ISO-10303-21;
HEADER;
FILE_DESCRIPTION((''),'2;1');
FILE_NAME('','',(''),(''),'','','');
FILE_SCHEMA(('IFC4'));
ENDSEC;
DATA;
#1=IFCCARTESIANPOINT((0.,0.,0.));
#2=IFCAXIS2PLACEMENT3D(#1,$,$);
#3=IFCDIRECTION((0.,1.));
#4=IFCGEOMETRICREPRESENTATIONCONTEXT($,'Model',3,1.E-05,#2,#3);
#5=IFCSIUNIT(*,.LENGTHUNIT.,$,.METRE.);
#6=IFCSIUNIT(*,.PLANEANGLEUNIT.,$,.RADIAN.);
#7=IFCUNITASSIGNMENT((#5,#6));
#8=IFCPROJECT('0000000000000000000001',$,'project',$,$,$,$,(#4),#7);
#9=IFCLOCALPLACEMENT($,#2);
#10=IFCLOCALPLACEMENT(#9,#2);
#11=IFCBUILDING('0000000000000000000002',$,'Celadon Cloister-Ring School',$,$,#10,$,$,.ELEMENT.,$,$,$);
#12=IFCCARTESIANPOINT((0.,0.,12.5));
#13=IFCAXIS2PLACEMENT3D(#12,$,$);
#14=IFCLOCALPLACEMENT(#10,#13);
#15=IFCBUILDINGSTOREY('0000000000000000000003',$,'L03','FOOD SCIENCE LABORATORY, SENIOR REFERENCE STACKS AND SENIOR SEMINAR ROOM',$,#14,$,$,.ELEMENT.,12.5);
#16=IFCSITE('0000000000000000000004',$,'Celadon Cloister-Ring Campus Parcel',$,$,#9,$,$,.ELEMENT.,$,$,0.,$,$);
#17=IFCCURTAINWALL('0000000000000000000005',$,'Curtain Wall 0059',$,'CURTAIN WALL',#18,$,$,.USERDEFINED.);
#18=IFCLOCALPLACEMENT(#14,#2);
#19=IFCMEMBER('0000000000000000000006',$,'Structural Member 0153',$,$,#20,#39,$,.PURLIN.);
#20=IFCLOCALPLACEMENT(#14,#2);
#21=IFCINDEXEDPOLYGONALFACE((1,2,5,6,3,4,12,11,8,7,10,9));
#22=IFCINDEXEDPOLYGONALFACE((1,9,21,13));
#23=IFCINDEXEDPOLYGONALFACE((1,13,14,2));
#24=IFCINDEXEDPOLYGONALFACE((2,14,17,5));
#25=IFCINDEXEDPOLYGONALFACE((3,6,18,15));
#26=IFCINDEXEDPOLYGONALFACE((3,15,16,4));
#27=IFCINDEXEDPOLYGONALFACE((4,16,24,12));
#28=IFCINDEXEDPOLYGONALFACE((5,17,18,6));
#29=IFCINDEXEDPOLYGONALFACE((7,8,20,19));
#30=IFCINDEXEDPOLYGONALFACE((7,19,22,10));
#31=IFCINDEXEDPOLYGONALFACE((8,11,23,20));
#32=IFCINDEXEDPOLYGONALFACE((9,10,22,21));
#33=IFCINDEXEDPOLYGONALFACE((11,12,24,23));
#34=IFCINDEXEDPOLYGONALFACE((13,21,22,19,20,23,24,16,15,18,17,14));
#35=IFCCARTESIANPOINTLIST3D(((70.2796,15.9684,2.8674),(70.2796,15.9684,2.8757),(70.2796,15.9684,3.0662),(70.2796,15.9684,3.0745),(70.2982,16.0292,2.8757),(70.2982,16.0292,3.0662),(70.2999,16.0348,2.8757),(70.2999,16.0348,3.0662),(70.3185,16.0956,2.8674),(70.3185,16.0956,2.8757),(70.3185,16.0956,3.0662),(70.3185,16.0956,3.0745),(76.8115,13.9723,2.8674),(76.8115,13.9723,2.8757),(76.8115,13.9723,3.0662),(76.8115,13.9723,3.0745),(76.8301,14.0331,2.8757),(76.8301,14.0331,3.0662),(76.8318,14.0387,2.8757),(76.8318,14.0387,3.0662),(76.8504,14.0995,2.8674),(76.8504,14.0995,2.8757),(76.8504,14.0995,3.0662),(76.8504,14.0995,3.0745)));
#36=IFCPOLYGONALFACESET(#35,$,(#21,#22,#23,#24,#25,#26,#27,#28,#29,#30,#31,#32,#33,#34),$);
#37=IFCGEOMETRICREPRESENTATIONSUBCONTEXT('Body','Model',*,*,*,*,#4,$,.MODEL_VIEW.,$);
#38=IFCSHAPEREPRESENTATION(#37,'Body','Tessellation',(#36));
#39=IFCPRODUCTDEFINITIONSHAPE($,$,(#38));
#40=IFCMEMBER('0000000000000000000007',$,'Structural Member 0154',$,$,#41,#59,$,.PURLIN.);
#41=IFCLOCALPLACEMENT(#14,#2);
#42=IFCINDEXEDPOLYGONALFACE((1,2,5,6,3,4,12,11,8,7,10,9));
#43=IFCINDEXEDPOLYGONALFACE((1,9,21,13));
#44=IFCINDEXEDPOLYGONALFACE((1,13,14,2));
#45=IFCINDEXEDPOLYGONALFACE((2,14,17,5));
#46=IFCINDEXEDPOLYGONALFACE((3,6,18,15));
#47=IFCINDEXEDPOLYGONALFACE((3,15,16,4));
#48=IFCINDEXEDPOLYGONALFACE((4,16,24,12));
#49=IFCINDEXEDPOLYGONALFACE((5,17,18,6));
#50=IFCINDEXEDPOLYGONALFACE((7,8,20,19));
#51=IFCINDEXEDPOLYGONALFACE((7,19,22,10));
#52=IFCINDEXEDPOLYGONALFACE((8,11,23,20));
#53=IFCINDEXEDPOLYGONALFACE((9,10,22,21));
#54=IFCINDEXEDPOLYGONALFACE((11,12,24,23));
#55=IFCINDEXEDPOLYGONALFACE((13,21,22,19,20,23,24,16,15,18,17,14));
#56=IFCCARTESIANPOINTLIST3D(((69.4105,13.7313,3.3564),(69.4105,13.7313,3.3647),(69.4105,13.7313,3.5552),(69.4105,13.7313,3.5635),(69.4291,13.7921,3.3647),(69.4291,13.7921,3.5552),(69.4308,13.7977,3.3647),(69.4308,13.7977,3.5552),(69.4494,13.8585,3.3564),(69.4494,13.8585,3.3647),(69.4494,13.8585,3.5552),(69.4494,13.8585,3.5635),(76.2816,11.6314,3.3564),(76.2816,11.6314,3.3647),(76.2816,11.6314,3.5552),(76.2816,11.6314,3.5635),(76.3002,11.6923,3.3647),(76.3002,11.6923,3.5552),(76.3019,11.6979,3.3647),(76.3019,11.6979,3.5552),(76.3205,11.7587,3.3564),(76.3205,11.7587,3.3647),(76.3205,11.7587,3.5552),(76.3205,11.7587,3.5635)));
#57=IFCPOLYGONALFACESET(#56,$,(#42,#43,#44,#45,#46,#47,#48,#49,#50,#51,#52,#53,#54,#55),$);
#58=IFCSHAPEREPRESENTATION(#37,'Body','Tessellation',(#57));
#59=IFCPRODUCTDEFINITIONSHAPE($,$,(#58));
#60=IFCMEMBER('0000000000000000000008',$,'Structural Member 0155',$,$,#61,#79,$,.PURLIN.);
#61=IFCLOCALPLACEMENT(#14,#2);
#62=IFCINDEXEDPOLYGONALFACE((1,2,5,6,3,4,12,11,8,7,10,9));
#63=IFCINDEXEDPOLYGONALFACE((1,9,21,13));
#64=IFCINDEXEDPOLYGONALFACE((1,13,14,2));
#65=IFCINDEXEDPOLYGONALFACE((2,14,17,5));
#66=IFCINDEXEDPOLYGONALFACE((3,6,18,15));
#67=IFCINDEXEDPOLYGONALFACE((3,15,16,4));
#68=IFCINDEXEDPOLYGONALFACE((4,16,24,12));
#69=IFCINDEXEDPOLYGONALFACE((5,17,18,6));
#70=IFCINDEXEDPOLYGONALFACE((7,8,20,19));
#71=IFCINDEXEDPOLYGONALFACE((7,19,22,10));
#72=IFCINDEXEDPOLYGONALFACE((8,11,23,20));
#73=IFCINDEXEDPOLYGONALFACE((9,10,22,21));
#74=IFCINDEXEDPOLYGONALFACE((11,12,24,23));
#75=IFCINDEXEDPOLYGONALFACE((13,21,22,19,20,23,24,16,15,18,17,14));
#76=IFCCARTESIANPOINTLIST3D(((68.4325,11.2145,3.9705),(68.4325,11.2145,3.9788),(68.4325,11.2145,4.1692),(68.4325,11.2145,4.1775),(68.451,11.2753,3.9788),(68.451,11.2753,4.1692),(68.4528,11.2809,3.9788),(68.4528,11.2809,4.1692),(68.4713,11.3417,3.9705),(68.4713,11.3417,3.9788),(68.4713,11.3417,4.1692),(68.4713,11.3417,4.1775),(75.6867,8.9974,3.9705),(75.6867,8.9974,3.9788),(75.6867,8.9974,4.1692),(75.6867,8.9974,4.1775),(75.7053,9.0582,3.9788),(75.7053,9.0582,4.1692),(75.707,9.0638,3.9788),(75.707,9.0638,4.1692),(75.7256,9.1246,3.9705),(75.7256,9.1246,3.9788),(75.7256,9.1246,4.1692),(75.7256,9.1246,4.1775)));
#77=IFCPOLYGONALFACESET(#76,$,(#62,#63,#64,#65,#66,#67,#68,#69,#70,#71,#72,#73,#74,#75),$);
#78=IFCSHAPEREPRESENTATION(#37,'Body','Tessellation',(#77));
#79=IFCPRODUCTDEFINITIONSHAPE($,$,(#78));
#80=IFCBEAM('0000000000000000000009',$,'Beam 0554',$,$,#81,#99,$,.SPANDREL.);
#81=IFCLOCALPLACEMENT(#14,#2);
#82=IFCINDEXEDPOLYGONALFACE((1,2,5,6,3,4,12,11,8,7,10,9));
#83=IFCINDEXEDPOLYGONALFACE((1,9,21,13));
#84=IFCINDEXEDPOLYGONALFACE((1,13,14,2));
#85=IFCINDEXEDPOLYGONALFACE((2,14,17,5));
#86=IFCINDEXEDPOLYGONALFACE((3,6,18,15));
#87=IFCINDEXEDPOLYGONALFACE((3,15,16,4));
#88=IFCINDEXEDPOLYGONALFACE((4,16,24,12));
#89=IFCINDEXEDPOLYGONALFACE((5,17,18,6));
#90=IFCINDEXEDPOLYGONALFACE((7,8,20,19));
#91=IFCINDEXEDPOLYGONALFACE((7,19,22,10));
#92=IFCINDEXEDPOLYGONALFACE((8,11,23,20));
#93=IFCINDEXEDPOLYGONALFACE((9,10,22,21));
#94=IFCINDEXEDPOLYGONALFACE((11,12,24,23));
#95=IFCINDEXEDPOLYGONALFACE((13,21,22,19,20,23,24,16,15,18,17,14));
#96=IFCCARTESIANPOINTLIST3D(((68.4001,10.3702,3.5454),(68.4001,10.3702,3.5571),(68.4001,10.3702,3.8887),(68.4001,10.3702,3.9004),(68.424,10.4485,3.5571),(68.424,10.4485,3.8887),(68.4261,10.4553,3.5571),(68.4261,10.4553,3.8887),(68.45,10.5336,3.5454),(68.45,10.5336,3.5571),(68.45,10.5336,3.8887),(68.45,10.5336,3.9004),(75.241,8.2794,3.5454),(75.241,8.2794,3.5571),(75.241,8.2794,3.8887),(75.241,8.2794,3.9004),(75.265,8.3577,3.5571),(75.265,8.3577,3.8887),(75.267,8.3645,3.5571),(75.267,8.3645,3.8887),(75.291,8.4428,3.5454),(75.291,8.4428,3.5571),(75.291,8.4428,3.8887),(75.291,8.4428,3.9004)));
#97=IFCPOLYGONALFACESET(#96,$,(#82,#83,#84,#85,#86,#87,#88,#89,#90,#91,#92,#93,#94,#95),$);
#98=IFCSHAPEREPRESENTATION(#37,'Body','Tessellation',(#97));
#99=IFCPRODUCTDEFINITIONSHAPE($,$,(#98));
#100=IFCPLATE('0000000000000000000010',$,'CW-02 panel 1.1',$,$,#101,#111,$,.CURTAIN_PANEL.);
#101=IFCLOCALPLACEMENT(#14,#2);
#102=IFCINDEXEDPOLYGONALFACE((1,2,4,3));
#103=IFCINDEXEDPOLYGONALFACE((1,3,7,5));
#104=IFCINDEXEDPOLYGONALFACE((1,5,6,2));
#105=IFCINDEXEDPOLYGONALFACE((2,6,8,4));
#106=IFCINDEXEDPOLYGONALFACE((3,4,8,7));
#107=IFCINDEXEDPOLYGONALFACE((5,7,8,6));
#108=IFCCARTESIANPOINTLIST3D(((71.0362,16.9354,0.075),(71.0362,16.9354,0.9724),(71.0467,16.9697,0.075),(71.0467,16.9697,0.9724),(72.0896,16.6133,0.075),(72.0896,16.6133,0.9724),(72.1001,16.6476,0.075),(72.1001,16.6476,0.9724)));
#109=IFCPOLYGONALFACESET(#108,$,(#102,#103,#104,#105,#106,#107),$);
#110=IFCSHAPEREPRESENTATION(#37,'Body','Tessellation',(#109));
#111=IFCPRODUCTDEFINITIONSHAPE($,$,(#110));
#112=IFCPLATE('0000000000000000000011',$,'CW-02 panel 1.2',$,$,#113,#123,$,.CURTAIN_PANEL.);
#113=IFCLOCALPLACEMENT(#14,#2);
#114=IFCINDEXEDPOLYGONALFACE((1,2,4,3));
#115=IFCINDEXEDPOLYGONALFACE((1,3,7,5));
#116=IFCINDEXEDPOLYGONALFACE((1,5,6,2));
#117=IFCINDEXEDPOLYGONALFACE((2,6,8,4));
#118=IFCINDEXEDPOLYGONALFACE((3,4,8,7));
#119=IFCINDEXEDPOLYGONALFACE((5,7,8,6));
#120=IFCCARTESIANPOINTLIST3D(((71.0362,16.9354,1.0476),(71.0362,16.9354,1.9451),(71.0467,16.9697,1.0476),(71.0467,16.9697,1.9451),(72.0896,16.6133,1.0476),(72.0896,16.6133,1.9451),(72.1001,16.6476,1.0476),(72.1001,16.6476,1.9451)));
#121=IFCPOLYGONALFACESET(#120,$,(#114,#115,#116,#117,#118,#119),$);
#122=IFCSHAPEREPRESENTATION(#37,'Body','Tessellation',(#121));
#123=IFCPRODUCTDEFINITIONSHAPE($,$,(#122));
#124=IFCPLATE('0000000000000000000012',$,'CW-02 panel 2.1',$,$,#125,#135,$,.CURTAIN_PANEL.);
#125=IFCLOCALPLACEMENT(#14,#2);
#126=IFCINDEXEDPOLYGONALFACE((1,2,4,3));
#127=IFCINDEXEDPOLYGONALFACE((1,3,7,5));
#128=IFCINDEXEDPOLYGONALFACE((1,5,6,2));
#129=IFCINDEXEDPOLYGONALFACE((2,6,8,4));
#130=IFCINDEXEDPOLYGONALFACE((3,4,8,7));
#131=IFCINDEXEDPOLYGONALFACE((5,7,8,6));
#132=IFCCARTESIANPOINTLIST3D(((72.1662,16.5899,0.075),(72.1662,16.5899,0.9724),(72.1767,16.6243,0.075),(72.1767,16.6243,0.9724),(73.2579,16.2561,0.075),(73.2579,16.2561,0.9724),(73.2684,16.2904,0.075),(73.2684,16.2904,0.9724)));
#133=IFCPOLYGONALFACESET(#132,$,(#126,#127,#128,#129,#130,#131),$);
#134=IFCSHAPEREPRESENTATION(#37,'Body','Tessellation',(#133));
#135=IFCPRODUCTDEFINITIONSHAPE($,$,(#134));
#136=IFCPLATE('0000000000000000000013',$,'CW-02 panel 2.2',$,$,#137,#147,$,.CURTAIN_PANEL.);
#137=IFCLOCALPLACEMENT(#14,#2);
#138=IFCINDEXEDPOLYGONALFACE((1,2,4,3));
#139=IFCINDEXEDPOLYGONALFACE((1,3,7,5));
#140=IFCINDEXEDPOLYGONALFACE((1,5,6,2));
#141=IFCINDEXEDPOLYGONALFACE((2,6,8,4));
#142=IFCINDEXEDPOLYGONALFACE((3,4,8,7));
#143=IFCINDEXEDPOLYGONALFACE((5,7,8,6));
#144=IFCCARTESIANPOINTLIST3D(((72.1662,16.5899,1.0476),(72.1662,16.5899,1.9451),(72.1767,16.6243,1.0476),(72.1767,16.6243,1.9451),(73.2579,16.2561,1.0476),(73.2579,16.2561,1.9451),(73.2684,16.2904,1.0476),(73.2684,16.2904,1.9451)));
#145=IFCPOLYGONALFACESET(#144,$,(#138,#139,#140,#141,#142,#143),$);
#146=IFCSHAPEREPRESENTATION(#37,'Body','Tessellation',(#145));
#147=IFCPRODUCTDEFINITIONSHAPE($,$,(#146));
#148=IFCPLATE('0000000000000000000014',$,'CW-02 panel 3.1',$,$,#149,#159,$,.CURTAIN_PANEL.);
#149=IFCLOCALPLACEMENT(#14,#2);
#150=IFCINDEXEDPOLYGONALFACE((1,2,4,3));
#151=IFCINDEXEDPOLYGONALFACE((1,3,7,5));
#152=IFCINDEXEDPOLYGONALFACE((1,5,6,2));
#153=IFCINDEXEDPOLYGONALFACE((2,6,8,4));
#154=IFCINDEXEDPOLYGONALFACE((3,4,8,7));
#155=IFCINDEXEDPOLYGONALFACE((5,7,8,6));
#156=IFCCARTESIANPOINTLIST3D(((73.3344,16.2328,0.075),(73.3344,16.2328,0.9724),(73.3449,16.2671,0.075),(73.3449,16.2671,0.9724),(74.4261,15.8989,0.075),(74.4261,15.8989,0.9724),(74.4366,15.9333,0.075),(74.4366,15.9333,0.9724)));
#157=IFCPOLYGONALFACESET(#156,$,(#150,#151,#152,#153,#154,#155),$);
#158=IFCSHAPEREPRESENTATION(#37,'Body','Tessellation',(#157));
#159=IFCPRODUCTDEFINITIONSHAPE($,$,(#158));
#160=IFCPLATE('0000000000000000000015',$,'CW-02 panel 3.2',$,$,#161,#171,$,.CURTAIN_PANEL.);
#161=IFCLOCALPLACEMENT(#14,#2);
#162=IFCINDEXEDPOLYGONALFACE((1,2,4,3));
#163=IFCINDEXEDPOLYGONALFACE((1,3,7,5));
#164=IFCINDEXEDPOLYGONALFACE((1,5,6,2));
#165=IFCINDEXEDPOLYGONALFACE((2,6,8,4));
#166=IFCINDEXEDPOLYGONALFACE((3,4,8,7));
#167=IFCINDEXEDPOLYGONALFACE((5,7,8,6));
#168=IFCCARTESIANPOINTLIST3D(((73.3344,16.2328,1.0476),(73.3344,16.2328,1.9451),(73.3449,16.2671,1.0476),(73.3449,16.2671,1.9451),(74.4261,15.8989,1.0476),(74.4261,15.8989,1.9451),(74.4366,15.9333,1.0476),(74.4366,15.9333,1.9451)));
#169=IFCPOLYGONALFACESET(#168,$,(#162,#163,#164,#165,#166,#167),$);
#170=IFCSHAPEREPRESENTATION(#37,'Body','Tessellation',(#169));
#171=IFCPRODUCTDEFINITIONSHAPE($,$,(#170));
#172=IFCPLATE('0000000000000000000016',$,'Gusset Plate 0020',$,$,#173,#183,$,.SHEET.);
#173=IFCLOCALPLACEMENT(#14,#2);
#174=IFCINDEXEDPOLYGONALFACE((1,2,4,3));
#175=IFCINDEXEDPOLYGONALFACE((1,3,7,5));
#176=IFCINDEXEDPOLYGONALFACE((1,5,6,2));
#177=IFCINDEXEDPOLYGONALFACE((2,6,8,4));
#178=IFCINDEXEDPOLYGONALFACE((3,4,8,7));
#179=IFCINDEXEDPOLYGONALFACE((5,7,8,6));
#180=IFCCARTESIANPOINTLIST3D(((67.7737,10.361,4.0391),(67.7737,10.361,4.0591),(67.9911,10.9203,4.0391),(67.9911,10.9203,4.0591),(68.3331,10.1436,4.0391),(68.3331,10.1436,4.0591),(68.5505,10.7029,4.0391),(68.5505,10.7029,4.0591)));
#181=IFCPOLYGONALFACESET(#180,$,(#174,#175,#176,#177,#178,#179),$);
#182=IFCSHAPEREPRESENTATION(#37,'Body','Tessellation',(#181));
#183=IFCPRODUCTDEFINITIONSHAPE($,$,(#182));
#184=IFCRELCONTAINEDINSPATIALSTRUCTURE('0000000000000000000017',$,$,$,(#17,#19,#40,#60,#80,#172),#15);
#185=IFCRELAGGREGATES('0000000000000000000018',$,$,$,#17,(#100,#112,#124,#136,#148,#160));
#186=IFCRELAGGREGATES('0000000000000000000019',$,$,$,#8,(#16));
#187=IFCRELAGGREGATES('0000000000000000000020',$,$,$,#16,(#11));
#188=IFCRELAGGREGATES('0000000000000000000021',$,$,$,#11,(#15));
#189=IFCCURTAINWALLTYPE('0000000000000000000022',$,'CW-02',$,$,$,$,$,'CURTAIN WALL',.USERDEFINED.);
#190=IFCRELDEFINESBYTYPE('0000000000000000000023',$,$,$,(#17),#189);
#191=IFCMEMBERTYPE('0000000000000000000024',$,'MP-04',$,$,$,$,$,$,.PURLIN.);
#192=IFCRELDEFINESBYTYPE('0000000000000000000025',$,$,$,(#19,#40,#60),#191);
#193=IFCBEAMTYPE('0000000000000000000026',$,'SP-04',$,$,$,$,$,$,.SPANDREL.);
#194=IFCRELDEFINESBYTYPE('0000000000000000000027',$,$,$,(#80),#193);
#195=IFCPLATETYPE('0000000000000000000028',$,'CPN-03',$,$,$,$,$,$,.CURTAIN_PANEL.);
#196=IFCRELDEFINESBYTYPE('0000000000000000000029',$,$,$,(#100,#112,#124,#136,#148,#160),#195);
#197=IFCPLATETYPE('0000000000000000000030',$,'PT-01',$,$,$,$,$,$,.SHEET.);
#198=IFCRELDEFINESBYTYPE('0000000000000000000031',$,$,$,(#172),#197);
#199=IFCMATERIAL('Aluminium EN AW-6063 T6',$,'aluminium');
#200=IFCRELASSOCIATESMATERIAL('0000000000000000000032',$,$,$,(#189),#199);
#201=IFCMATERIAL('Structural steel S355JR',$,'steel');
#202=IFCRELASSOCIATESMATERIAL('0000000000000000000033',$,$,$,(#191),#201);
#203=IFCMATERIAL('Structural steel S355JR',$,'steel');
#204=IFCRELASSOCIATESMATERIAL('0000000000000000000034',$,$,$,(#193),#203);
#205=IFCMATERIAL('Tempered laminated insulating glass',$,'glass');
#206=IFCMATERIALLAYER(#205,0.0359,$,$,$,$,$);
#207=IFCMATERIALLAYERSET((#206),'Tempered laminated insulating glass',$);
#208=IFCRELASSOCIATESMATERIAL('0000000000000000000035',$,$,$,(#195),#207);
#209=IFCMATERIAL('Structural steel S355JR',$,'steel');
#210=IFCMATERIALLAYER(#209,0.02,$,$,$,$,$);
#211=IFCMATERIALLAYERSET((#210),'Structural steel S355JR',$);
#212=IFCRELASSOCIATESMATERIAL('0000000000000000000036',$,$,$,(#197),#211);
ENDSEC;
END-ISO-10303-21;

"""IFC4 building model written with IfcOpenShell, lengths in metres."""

from ifc_helpers import new_model, si_unit, direction, frame, origin, origin_2d, place, context, subcontext, project, spatial, rectangle, i_section, extrude, material, layer, layer_set, material_profile, profile_set, type_object, element, aggregate, save


model = new_model("IFC4")

# Units and contexts
model_context = context("Model", 3, precision=1e-05, world=origin(), true_north=direction((0.0, 1.0)))
body_context = subcontext(model_context, "Body", "Model", "MODEL_VIEW")
ifc_project = project(units=[si_unit("LENGTHUNIT", "METRE"), si_unit("PLANEANGLEUNIT", "RADIAN")], contexts=[model_context])

# Site, building, storey
site_placement = place(None, origin())
site = spatial("IfcSite", under=ifc_project, at=site_placement, Name="Celadon Cloister-Ring Campus Parcel", CompositionType="ELEMENT", RefElevation=0.0)
building_placement = place(site_placement, origin())
building = spatial("IfcBuilding", under=site, at=building_placement, Name="Celadon Cloister-Ring School", CompositionType="ELEMENT")
storey_placement = place(building_placement, frame((0.0, 0.0, 12.5)))
storey = spatial("IfcBuildingStorey", under=building, at=storey_placement, Name="L03", Description="FOOD SCIENCE LABORATORY, SENIOR REFERENCE STACKS AND SENIOR SEMINAR ROOM", CompositionType="ELEMENT", Elevation=12.5)

# Curtain wall
ifc_material_1 = material(Name="Aluminium EN AW-6063 T6", Category="aluminium")
curtain_wall_type = type_object("IfcCurtainWallType", Name="CW-02", ElementType="CURTAIN WALL", PredefinedType="USERDEFINED", material=ifc_material_1)
curtain_wall_placement = place(storey_placement, origin())
curtain_wall = element("IfcCurtainWall", 1, at=curtain_wall_placement, inside=storey, type_object=curtain_wall_type, Name="Curtain Wall 0059", ObjectType="CURTAIN WALL", PredefinedType="USERDEFINED")

# Members
ifc_material_2 = material(Name="Structural steel S355JR", Category="steel")
ifc_material_profile_1 = material_profile(ifc_material_2, i_section(OverallWidth=0.1331, OverallDepth=0.207, WebThickness=0.0059, FlangeThickness=0.0083, at=origin_2d()), Name="W200X27")
ifc_profile_set_1 = profile_set([ifc_material_profile_1], Name="Structural steel S355JR")
member_type_1 = type_object("IfcMemberType", Name="MP-04", PredefinedType="PURLIN", material=ifc_profile_set_1)
member_1_placement = place(storey_placement, frame((70.2991, 16.032, 2.9709), z_axis=(0.956343, -0.292247, 0.0), x_axis=(0.292247, 0.956343, 0.0)))
element("IfcMember", 2, at=member_1_placement, inside=storey, type_object=member_type_1, Name="Structural Member 0153", PredefinedType="PURLIN", context=body_context, shape_type="SweptSolid", body=[
    extrude(i_section(OverallWidth=0.1331, OverallDepth=0.207, WebThickness=0.0059, FlangeThickness=0.0083, at=origin_2d()), origin(), (0.0, 0.0, 1.0), 6.8301),
])
member_2_placement = place(storey_placement, frame((69.4299, 13.7949, 3.46), z_axis=(0.956338, -0.292263, 0.0), x_axis=(0.292263, 0.956338, 0.0)))
element("IfcMember", 3, at=member_2_placement, inside=storey, type_object=member_type_1, Name="Structural Member 0154", PredefinedType="PURLIN", context=body_context, shape_type="SweptSolid", body=[
    extrude(i_section(OverallWidth=0.1331, OverallDepth=0.207, WebThickness=0.0059, FlangeThickness=0.0083, at=origin_2d()), origin(), (0.0, 0.0, 1.0), 7.1848),
])
member_3_placement = place(storey_placement, frame((68.4519, 11.2781, 4.074), z_axis=(0.956333, -0.292278, 0.0), x_axis=(0.292278, 0.956333, 0.0)))
element("IfcMember", 4, at=member_3_placement, inside=storey, type_object=member_type_1, Name="Structural Member 0155", PredefinedType="PURLIN", context=body_context, shape_type="SweptSolid", body=[
    extrude(i_section(OverallWidth=0.1331, OverallDepth=0.207, WebThickness=0.0059, FlangeThickness=0.0083, at=origin_2d()), origin(), (0.0, 0.0, 1.0), 7.5854),
])

# Beam
ifc_material_3 = material(Name="Structural steel S355JR", Category="steel")
ifc_material_profile_2 = material_profile(ifc_material_3, i_section(OverallWidth=0.1709, OverallDepth=0.355, WebThickness=0.0071, FlangeThickness=0.0117, at=origin_2d()), Name="W360X51")
ifc_profile_set_2 = profile_set([ifc_material_profile_2], Name="Structural steel S355JR")
beam_type = type_object("IfcBeamType", Name="SP-04", PredefinedType="SPANDREL", material=ifc_profile_set_2)
beam_placement = place(storey_placement, frame((68.425, 10.4519, 3.7229), z_axis=(0.956332, -0.292282, 0.0), x_axis=(0.292282, 0.956332, 0.0)))
element("IfcBeam", 5, at=beam_placement, inside=storey, type_object=beam_type, Name="Beam 0554", PredefinedType="SPANDREL", context=body_context, shape_type="SweptSolid", body=[
    extrude(i_section(OverallWidth=0.1709, OverallDepth=0.355, WebThickness=0.0071, FlangeThickness=0.0117, at=origin_2d()), origin(), (0.0, 0.0, 1.0), 7.1533),
])

# Plates
ifc_material_4 = material(Name="Tempered laminated insulating glass", Category="glass")
ifc_layer_1 = layer(ifc_material_4, 0.0359)
ifc_layer_set_1 = layer_set([ifc_layer_1], Name="Tempered laminated insulating glass")
plate_type_1 = type_object("IfcPlateType", Name="CPN-03", PredefinedType="CURTAIN_PANEL", material=ifc_layer_set_1)
plate_1_placement = place(storey_placement, frame((71.5681, 16.7915, 0.075), z_axis=(0.0, 0.0, 1.0), x_axis=(0.956294, -0.292406, 0.0)))
plate_1 = element("IfcPlate", 6, at=plate_1_placement, type_object=plate_type_1, Name="CW-02 panel 1.1", PredefinedType="CURTAIN_PANEL", context=body_context, shape_type="SweptSolid", body=[
    extrude(rectangle(XDim=1.1016, YDim=0.0359, at=origin_2d()), origin(), (0.0, 0.0, 1.0), 0.8975),
])
plate_2_placement = place(storey_placement, frame((71.5681, 16.7915, 1.0476), z_axis=(0.0, 0.0, 1.0), x_axis=(0.956294, -0.292406, 0.0)))
plate_2 = element("IfcPlate", 7, at=plate_2_placement, type_object=plate_type_1, Name="CW-02 panel 1.2", PredefinedType="CURTAIN_PANEL", context=body_context, shape_type="SweptSolid", body=[
    extrude(rectangle(XDim=1.1016, YDim=0.0359, at=origin_2d()), origin(), (0.0, 0.0, 1.0), 0.8975),
])
plate_3_placement = place(storey_placement, frame((72.7173, 16.4402, 0.075), z_axis=(0.0, 0.0, 1.0), x_axis=(0.956294, -0.292406, 0.0)))
plate_3 = element("IfcPlate", 8, at=plate_3_placement, type_object=plate_type_1, Name="CW-02 panel 2.1", PredefinedType="CURTAIN_PANEL", context=body_context, shape_type="SweptSolid", body=[
    extrude(rectangle(XDim=1.1416, YDim=0.0359, at=origin_2d()), origin(), (0.0, 0.0, 1.0), 0.8975),
])
plate_4_placement = place(storey_placement, frame((72.7173, 16.4402, 1.0476), z_axis=(0.0, 0.0, 1.0), x_axis=(0.956294, -0.292406, 0.0)))
plate_4 = element("IfcPlate", 9, at=plate_4_placement, type_object=plate_type_1, Name="CW-02 panel 2.2", PredefinedType="CURTAIN_PANEL", context=body_context, shape_type="SweptSolid", body=[
    extrude(rectangle(XDim=1.1416, YDim=0.0359, at=origin_2d()), origin(), (0.0, 0.0, 1.0), 0.8975),
])
plate_5_placement = place(storey_placement, frame((73.8855, 16.083, 0.075), z_axis=(0.0, 0.0, 1.0), x_axis=(0.956294, -0.292406, 0.0)))
plate_5 = element("IfcPlate", 10, at=plate_5_placement, type_object=plate_type_1, Name="CW-02 panel 3.1", PredefinedType="CURTAIN_PANEL", context=body_context, shape_type="SweptSolid", body=[
    extrude(rectangle(XDim=1.1416, YDim=0.0359, at=origin_2d()), origin(), (0.0, 0.0, 1.0), 0.8975),
])
plate_6_placement = place(storey_placement, frame((73.8855, 16.083, 1.0476), z_axis=(0.0, 0.0, 1.0), x_axis=(0.956294, -0.292406, 0.0)))
plate_6 = element("IfcPlate", 11, at=plate_6_placement, type_object=plate_type_1, Name="CW-02 panel 3.2", PredefinedType="CURTAIN_PANEL", context=body_context, shape_type="SweptSolid", body=[
    extrude(rectangle(XDim=1.1416, YDim=0.0359, at=origin_2d()), origin(), (0.0, 0.0, 1.0), 0.8975),
])
aggregate(curtain_wall, [plate_1, plate_2, plate_3, plate_4, plate_5, plate_6])
ifc_material_5 = material(Name="Structural steel S355JR", Category="steel")
ifc_layer_2 = layer(ifc_material_5, 0.02)
ifc_layer_set_2 = layer_set([ifc_layer_2], Name="Structural steel S355JR")
plate_type_2 = type_object("IfcPlateType", Name="PT-01", PredefinedType="SHEET", material=ifc_layer_set_2)
plate_7_placement = place(storey_placement, frame((68.1621, 10.532, 4.0391), z_axis=(0.0, 0.0, 1.0), x_axis=(-0.362275, -0.932071, 0.0)))
element("IfcPlate", 12, at=plate_7_placement, inside=storey, type_object=plate_type_2, Name="Gusset Plate 0020", PredefinedType="SHEET", context=body_context, shape_type="SweptSolid", body=[
    extrude(rectangle(XDim=0.6001, YDim=0.6001, at=origin_2d()), origin(), (0.0, 0.0, 1.0), 0.02),
])

save(model, "model.ifc")
